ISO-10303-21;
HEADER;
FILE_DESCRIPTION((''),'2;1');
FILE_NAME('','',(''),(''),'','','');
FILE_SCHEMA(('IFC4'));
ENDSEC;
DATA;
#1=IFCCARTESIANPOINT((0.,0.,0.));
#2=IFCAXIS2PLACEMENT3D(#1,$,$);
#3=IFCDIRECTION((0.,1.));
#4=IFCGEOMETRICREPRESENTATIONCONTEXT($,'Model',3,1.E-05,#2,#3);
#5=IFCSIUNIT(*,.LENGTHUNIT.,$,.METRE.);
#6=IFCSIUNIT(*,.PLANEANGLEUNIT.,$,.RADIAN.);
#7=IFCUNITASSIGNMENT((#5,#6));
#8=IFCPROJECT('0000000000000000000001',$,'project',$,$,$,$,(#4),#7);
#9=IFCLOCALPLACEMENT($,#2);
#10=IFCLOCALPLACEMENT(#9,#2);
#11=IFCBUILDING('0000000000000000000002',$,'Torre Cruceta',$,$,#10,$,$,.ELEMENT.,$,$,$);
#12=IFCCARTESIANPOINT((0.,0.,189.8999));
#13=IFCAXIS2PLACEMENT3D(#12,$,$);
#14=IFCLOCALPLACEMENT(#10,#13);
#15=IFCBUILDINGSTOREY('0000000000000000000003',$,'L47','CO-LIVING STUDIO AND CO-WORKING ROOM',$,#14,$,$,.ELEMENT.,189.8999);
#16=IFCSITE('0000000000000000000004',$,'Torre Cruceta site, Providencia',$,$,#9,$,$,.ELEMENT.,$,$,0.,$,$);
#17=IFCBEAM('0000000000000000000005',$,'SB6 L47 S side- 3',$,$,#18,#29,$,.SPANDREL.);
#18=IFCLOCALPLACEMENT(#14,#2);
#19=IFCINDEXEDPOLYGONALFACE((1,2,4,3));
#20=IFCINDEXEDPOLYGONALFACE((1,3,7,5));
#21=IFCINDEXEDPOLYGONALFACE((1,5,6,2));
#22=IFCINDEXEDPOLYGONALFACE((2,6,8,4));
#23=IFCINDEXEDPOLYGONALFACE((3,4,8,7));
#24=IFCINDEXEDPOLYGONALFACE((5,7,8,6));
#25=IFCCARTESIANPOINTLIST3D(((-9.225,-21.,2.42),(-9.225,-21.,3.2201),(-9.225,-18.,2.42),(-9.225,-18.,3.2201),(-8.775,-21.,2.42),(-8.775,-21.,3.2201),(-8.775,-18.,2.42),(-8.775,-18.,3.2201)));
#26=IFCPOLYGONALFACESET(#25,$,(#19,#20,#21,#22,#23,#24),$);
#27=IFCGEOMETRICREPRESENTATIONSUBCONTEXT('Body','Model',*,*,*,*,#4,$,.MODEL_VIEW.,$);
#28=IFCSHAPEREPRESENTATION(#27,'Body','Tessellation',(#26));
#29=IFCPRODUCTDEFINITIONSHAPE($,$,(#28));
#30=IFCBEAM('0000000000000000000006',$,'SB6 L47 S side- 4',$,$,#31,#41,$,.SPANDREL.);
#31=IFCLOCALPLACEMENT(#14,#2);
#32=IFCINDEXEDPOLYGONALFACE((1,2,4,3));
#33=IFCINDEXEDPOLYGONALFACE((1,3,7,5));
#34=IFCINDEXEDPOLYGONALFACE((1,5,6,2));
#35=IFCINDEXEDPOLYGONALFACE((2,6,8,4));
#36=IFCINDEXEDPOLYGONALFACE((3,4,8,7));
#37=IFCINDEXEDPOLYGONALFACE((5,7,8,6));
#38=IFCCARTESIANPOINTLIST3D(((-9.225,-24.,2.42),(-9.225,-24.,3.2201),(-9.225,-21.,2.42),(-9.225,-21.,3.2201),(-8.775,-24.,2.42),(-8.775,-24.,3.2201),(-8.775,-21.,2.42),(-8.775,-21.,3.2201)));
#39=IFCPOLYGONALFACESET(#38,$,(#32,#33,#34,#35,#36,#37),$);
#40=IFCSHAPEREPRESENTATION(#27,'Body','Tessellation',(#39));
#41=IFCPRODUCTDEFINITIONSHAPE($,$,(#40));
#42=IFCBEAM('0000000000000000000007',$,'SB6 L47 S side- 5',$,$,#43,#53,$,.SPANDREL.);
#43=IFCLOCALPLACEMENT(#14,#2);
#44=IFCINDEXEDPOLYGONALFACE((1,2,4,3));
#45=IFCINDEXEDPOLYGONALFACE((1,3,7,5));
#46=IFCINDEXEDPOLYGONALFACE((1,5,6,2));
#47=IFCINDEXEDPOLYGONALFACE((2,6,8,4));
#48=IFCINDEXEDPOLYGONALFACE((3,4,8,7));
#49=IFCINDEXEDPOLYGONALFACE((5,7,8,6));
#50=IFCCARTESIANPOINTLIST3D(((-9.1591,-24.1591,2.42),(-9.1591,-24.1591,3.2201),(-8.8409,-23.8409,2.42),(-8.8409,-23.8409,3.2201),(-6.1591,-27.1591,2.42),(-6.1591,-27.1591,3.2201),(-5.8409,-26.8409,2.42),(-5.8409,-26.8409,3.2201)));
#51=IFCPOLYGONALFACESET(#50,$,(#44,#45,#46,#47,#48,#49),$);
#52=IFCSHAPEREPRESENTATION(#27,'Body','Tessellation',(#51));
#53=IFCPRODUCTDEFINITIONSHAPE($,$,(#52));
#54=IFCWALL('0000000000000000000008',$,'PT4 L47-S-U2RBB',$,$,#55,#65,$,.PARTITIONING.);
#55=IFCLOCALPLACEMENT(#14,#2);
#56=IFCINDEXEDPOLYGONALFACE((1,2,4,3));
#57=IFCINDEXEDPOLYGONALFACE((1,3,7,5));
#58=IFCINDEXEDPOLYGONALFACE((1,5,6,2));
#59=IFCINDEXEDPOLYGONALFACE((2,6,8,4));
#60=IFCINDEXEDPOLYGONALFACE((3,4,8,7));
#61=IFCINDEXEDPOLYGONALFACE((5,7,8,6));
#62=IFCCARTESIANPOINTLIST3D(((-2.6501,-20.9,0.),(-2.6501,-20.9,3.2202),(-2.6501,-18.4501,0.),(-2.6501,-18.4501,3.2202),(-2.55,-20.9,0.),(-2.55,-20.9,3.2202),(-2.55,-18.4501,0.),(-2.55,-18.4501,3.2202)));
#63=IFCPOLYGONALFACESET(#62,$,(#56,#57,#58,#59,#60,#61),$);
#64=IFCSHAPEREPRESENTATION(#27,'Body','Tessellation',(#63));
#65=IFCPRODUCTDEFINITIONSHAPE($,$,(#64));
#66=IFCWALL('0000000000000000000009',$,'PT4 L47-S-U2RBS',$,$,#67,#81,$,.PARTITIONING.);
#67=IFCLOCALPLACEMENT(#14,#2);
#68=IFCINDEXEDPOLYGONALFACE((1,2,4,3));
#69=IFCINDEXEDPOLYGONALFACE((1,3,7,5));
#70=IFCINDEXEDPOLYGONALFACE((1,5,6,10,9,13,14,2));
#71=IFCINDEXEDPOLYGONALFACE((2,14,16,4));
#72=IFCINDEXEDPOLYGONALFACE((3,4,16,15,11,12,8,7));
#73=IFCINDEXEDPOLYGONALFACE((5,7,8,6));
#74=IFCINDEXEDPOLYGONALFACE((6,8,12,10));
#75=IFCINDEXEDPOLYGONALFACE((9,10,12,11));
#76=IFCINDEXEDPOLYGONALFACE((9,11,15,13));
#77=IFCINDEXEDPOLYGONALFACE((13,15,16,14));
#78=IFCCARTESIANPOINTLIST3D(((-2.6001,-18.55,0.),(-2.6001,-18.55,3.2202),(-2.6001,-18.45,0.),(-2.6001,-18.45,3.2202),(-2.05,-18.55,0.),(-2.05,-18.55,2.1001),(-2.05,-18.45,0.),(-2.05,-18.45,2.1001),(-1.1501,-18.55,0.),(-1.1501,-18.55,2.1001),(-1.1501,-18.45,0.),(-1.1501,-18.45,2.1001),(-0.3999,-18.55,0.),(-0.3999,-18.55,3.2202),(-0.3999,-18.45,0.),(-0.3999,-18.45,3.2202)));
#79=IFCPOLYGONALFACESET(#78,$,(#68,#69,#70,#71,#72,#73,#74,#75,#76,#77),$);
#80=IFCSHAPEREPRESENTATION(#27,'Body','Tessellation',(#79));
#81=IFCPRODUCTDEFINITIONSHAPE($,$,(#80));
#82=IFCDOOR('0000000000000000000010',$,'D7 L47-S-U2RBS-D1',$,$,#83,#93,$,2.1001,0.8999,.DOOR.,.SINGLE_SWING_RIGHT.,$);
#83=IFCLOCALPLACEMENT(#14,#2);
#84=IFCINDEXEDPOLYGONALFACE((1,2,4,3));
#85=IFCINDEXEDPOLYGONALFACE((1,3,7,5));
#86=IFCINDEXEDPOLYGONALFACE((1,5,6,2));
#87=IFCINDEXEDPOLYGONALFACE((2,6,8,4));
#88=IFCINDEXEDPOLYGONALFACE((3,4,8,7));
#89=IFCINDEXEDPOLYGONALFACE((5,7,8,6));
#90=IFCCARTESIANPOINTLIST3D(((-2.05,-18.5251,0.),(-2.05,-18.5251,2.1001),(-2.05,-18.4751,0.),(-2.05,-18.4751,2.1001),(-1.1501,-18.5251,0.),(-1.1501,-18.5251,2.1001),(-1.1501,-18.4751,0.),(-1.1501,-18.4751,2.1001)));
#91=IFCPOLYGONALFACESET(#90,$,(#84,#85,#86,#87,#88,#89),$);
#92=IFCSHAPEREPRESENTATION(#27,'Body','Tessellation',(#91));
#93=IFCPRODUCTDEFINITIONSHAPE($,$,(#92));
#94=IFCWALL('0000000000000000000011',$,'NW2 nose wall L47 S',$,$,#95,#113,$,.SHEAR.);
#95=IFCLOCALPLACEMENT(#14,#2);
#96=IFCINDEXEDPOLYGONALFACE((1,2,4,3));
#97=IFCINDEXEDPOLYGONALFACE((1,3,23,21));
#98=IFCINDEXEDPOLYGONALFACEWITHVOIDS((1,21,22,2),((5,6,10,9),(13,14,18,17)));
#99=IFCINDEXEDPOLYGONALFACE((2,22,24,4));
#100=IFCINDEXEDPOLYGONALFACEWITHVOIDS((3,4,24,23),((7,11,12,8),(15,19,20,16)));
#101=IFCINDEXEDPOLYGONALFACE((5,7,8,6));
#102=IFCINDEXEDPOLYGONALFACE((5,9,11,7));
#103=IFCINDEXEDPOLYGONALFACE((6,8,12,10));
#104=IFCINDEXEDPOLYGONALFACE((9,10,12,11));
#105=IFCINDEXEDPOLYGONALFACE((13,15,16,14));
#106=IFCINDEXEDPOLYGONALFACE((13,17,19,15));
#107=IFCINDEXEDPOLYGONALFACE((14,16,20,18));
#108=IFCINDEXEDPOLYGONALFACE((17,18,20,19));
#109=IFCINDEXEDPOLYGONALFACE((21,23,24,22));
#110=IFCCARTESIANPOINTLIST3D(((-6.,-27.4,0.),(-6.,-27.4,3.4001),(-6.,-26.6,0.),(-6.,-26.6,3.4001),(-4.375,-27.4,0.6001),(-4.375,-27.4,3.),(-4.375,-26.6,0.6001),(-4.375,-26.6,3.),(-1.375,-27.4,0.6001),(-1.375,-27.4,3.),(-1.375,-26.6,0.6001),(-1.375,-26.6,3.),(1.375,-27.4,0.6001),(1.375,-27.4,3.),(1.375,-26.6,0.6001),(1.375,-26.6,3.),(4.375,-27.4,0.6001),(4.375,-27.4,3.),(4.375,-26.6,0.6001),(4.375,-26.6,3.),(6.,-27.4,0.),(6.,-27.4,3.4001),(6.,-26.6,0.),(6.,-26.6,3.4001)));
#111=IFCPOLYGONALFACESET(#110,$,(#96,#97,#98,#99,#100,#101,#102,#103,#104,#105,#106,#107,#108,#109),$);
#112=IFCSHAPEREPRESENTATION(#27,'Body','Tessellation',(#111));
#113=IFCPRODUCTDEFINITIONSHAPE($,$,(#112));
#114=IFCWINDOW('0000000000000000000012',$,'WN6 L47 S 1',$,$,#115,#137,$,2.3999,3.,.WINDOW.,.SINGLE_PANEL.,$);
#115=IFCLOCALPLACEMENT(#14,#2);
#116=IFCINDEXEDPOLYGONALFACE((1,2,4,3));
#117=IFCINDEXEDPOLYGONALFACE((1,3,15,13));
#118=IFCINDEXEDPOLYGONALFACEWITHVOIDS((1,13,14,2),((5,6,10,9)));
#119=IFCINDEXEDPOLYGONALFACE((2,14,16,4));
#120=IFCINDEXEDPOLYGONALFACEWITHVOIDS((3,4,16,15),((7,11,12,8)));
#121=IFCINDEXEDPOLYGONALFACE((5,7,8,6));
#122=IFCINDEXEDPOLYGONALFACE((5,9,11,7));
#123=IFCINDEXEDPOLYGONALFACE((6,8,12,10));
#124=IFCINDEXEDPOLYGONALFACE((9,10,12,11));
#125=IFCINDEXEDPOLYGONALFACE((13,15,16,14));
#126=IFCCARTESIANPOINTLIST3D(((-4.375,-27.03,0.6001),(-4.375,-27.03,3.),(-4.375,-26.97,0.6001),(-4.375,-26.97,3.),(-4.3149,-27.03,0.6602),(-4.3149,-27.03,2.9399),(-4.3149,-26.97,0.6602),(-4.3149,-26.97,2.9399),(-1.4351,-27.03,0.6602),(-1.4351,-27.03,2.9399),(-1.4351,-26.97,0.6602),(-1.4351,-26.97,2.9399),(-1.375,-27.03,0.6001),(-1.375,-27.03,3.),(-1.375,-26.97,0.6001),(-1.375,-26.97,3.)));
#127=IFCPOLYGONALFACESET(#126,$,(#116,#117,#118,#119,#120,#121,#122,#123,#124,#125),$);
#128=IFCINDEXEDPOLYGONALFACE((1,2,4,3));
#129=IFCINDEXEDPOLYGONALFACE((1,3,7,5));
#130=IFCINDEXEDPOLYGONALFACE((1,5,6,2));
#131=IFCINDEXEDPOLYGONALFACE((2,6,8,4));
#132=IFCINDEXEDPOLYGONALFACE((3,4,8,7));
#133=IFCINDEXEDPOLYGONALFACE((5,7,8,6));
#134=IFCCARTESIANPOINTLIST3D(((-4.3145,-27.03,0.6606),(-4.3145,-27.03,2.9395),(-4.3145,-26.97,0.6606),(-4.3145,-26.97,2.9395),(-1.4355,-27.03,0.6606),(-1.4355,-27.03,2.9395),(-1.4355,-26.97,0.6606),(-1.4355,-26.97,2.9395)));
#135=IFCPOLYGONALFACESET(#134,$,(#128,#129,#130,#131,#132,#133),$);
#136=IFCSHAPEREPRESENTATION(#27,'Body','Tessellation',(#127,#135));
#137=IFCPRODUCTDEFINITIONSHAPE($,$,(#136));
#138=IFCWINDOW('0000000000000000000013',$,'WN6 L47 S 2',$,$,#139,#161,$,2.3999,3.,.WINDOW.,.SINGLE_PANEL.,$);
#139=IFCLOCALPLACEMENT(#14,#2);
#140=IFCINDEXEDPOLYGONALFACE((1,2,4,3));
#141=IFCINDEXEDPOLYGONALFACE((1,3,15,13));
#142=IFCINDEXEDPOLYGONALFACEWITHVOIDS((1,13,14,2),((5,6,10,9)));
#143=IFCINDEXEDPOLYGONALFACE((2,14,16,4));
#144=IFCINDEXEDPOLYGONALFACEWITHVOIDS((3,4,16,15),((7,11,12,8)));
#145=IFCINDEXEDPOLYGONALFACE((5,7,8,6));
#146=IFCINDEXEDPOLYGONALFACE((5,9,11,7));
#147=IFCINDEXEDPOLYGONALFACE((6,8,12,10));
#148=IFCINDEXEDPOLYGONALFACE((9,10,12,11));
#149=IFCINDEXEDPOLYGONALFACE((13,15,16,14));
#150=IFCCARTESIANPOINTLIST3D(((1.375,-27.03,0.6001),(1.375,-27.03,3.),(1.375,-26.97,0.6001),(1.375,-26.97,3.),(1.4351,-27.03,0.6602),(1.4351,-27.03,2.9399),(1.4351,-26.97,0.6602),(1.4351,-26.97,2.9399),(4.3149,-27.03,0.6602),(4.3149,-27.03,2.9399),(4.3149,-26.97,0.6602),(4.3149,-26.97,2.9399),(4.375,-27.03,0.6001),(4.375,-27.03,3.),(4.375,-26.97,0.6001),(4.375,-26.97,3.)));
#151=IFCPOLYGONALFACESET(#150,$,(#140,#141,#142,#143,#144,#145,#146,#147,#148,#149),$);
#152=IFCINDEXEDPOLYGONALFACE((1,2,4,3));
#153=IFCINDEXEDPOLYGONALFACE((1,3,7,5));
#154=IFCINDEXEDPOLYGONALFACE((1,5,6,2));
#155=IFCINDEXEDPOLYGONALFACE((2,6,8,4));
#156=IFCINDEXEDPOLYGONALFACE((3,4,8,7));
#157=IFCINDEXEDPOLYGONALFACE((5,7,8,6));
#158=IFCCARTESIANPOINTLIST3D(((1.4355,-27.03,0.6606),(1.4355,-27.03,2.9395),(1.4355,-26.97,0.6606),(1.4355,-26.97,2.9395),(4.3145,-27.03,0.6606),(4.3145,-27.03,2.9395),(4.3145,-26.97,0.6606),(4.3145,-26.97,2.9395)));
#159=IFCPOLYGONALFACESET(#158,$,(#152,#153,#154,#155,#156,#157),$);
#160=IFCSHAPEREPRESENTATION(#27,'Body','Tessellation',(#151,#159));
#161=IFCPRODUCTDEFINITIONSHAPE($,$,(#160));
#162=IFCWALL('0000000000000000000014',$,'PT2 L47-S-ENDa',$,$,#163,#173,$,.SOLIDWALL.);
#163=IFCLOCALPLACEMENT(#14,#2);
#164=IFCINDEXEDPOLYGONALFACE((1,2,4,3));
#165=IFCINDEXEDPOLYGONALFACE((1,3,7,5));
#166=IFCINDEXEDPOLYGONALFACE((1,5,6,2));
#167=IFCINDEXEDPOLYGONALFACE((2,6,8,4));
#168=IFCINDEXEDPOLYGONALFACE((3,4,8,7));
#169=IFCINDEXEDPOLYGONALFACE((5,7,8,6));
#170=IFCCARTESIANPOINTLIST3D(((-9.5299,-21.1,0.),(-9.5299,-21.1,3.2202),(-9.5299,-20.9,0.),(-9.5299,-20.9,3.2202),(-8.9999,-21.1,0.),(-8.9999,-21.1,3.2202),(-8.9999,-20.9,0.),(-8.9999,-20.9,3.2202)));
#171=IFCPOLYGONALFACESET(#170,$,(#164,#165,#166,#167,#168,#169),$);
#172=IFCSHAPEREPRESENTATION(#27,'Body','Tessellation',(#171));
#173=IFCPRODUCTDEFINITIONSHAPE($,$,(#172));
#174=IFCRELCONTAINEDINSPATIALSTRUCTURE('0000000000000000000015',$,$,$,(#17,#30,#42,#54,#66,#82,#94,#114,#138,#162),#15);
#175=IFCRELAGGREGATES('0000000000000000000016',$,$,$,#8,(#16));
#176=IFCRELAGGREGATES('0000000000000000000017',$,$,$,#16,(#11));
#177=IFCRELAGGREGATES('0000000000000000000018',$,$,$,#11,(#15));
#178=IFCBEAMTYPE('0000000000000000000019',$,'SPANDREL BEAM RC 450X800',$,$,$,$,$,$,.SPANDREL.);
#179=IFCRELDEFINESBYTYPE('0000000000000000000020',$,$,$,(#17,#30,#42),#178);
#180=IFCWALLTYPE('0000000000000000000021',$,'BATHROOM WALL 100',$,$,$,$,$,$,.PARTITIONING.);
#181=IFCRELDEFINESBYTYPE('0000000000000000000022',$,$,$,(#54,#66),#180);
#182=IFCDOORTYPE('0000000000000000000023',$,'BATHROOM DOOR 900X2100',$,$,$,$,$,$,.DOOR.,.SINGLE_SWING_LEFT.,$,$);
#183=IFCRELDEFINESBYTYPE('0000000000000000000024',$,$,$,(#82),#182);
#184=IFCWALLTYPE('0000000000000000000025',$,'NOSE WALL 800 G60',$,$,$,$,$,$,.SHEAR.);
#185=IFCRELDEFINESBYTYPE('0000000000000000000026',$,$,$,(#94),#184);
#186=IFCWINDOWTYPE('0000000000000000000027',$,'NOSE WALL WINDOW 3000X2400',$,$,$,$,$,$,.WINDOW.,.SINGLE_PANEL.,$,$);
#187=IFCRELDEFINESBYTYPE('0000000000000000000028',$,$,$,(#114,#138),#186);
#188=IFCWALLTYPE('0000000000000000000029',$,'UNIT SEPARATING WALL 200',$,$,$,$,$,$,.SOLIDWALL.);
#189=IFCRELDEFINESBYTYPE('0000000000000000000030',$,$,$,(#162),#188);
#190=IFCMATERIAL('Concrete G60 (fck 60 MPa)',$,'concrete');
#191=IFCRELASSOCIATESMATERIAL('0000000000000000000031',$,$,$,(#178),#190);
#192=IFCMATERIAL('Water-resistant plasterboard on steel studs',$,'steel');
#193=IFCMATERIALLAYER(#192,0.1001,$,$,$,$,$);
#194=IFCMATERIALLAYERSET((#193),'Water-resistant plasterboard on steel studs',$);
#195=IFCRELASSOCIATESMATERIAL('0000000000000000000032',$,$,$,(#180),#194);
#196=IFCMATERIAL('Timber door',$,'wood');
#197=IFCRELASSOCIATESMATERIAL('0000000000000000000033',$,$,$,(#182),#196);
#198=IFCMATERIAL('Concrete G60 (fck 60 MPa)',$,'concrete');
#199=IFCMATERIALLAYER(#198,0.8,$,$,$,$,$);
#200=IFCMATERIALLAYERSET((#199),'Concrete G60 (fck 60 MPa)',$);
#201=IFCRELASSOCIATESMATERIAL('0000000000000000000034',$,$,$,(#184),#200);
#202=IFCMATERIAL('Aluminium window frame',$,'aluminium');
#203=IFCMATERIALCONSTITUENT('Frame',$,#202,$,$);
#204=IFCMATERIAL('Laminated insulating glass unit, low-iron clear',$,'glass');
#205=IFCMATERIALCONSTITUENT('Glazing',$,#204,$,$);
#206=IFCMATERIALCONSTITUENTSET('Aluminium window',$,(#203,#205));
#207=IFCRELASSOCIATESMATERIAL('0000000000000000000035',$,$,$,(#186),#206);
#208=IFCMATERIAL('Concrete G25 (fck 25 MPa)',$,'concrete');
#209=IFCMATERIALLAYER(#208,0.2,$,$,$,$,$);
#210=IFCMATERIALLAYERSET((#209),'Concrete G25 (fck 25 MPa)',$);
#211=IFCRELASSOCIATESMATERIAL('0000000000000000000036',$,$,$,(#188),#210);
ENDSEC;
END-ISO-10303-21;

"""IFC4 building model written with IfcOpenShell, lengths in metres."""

from ifc_helpers import new_model, si_unit, direction, frame, frame_2d, origin, origin_2d, place, context, subcontext, project, spatial, rectangle, hollow_rectangle, extrude, material, layer, layer_set, constituent, constituent_set, material_profile, profile_set, type_object, element, fill, save


model = new_model("IFC4")

# Units and contexts
model_context = context("Model", 3, precision=1e-05, world=origin(), true_north=direction((0.0, 1.0)))
body_context = subcontext(model_context, "Body", "Model", "MODEL_VIEW")
ifc_project = project(units=[si_unit("LENGTHUNIT", "METRE"), si_unit("PLANEANGLEUNIT", "RADIAN")], contexts=[model_context])

# Site, building, storey
site_placement = place(None, origin())
site = spatial("IfcSite", under=ifc_project, at=site_placement, Name="Torre Cruceta site, Providencia", CompositionType="ELEMENT", RefElevation=0.0)
building_placement = place(site_placement, origin())
building = spatial("IfcBuilding", under=site, at=building_placement, Name="Torre Cruceta", CompositionType="ELEMENT")
storey_placement = place(building_placement, frame((0.0, 0.0, 189.8999)))
storey = spatial("IfcBuildingStorey", under=building, at=storey_placement, Name="L47", Description="CO-LIVING STUDIO AND CO-WORKING ROOM", CompositionType="ELEMENT", Elevation=189.8999)

# Beams
ifc_material_1 = material(Name="Concrete G60 (fck 60 MPa)", Category="concrete")
ifc_material_profile_1 = material_profile(ifc_material_1, rectangle(XDim=0.45, YDim=0.8, at=origin_2d()), Name="RC 450X800")
ifc_profile_set_1 = profile_set([ifc_material_profile_1], Name="Concrete G60 (fck 60 MPa)")
beam_type_1 = type_object("IfcBeamType", Name="SPANDREL BEAM RC 450X800", PredefinedType="SPANDREL", material=ifc_profile_set_1)
for number, where, z_axis, x_axis, name in (
    (1, (-9.0, -18.0, 2.8201), (0.0, -1.0, 0.0), (1.0, 0.0, 0.0), "SB6 L47 S side- 3"),
    (2, (-9.0, -21.0, 2.8201), (0.0, -1.0, 0.0), (1.0, 0.0, 0.0), "SB6 L47 S side- 4"),
):
    element("IfcBeam", number, at=place(storey_placement, frame(where, z_axis=z_axis, x_axis=x_axis)), inside=storey, type_object=beam_type_1, Name=name, PredefinedType="SPANDREL", context=body_context, shape_type="SweptSolid", body=[
        extrude(rectangle(XDim=0.45, YDim=0.8, at=origin_2d()), origin(), (0.0, 0.0, 1.0), 3.0),
    ])
beam_1_placement = place(storey_placement, frame((-9.0, -24.0, 2.8201), z_axis=(0.707107, -0.707107, 0.0), x_axis=(0.707107, 0.707107, 0.0)))
element("IfcBeam", 3, at=beam_1_placement, inside=storey, type_object=beam_type_1, Name="SB6 L47 S side- 5", PredefinedType="SPANDREL", context=body_context, shape_type="SweptSolid", body=[
    extrude(rectangle(XDim=0.45, YDim=0.8, at=origin_2d()), origin(), (0.0, 0.0, 1.0), 4.2427),
])

# Wall
ifc_material_2 = material(Name="Water-resistant plasterboard on steel studs", Category="steel")
ifc_layer_1 = layer(ifc_material_2, 0.1001)
ifc_layer_set_1 = layer_set([ifc_layer_1], Name="Water-resistant plasterboard on steel studs")
wall_type_1 = type_object("IfcWallType", Name="BATHROOM WALL 100", PredefinedType="PARTITIONING", material=ifc_layer_set_1)
wall_1_placement = place(storey_placement, frame((-2.6001, -18.45, 0.0), z_axis=(0.0, 0.0, 1.0), x_axis=(0.0, -1.0, 0.0)))
element("IfcWall", 4, at=wall_1_placement, inside=storey, type_object=wall_type_1, Name="PT4 L47-S-U2RBB", PredefinedType="PARTITIONING", context=body_context, shape_type="SweptSolid", body=[
    extrude(rectangle(XDim=2.45, YDim=0.1001, at=frame_2d((1.2251, 0.0))), origin(), (0.0, 0.0, 1.0), 3.2202),
])

# Wall, opening, door
wall_2_placement = place(storey_placement, frame((-2.6001, -18.5, 0.0), z_axis=(0.0, 0.0, 1.0), x_axis=(1.0, 0.0, 0.0)))
wall_2 = element("IfcWall", 5, at=wall_2_placement, inside=storey, type_object=wall_type_1, Name="PT4 L47-S-U2RBS", PredefinedType="PARTITIONING", context=body_context, shape_type="SweptSolid", body=[
    extrude(rectangle(XDim=2.2002, YDim=0.1001, at=frame_2d((1.1001, 0.0))), origin(), (0.0, 0.0, 1.0), 3.2202),
])
opening_1_placement = place(wall_2_placement, frame((0.55, 0.0, 0.0)))
opening_1 = element("IfcOpeningElement", 6, at=opening_1_placement, cuts=wall_2, PredefinedType="OPENING", context=body_context, shape_type="SweptSolid", body=[
    extrude(rectangle(XDim=0.8999, YDim=2.1001, at=frame_2d((0.45, 1.05))), frame((0.0, 0.0601, 0.0), z_axis=(0.0, -1.0, 0.0), x_axis=(1.0, 0.0, 0.0)), (0.0, 0.0, 1.0), 0.1201),
])
ifc_material_3 = material(Name="Timber door", Category="wood")
door_type = type_object("IfcDoorType", Name="BATHROOM DOOR 900X2100", OperationType="SINGLE_SWING_LEFT", PredefinedType="DOOR", material=ifc_material_3)
door_placement = place(opening_1_placement, frame((0.8999, 0.0, 0.0), z_axis=(0.0, 0.0, 1.0), x_axis=(-1.0, 0.0, 0.0)))
door = element("IfcDoor", 7, at=door_placement, inside=storey, type_object=door_type, Name="D7 L47-S-U2RBS-D1", OperationType="SINGLE_SWING_RIGHT", OverallHeight=2.1001, OverallWidth=0.8999, PredefinedType="DOOR", context=body_context, shape_type="SweptSolid", body=[
    extrude(rectangle(XDim=0.8999, YDim=2.1001, at=frame_2d((0.45, 1.05))), frame((0.0, 0.0251, 0.0), z_axis=(0.0, -1.0, 0.0), x_axis=(1.0, 0.0, 0.0)), (0.0, 0.0, 1.0), 0.05),
])
fill(opening_1, door)

# Wall, openings, windows
ifc_material_4 = material(Name="Concrete G60 (fck 60 MPa)", Category="concrete")
ifc_layer_2 = layer(ifc_material_4, 0.8)
ifc_layer_set_2 = layer_set([ifc_layer_2], Name="Concrete G60 (fck 60 MPa)")
wall_type_2 = type_object("IfcWallType", Name="NOSE WALL 800 G60", PredefinedType="SHEAR", material=ifc_layer_set_2)
wall_3_placement = place(storey_placement, frame((-6.0, -27.0, 0.0), z_axis=(0.0, 0.0, 1.0), x_axis=(1.0, 0.0, 0.0)))
wall_3 = element("IfcWall", 8, at=wall_3_placement, inside=storey, type_object=wall_type_2, Name="NW2 nose wall L47 S", PredefinedType="SHEAR", context=body_context, shape_type="SweptSolid", body=[
    extrude(rectangle(XDim=12.0, YDim=0.8, at=frame_2d((6.0, 0.0))), origin(), (0.0, 0.0, 1.0), 3.4001),
])
opening_2_placement = place(wall_3_placement, frame((1.625, 0.0, 0.6001)))
opening_2 = element("IfcOpeningElement", 9, at=opening_2_placement, cuts=wall_3, PredefinedType="OPENING", context=body_context, shape_type="SweptSolid", body=[
    extrude(rectangle(XDim=3.0, YDim=2.3999, at=frame_2d((1.5, 1.2))), frame((0.0, 0.4099, 0.0), z_axis=(0.0, -1.0, 0.0), x_axis=(1.0, 0.0, 0.0)), (0.0, 0.0, 1.0), 0.8201),
])
opening_3_placement = place(wall_3_placement, frame((7.375, 0.0, 0.6001)))
opening_3 = element("IfcOpeningElement", 10, at=opening_3_placement, cuts=wall_3, PredefinedType="OPENING", context=body_context, shape_type="SweptSolid", body=[
    extrude(rectangle(XDim=3.0, YDim=2.3999, at=frame_2d((1.5, 1.2))), frame((0.0, 0.4099, 0.0), z_axis=(0.0, -1.0, 0.0), x_axis=(1.0, 0.0, 0.0)), (0.0, 0.0, 1.0), 0.8201),
])
ifc_material_5 = material(Name="Aluminium window frame", Category="aluminium")
ifc_constituent_1 = constituent(ifc_material_5, Name="Frame")
ifc_material_6 = material(Name="Laminated insulating glass unit, low-iron clear", Category="glass")
ifc_constituent_2 = constituent(ifc_material_6, Name="Glazing")
ifc_constituent_set = constituent_set(constituents=[ifc_constituent_1, ifc_constituent_2], Name="Aluminium window")
window_type = type_object("IfcWindowType", Name="NOSE WALL WINDOW 3000X2400", PartitioningType="SINGLE_PANEL", PredefinedType="WINDOW", material=ifc_constituent_set)
window_1_placement = place(opening_2_placement, origin())
window_1 = element("IfcWindow", 11, at=window_1_placement, inside=storey, type_object=window_type, Name="WN6 L47 S 1", OverallHeight=2.3999, OverallWidth=3.0, PartitioningType="SINGLE_PANEL", PredefinedType="WINDOW", context=body_context, shape_type="SweptSolid", body=[
    extrude(hollow_rectangle(XDim=3.0, YDim=2.3999, WallThickness=0.0601, at=frame_2d((1.5, 1.2))), frame((0.0, 0.03, 0.0), z_axis=(0.0, -1.0, 0.0), x_axis=(1.0, 0.0, 0.0)), (0.0, 0.0, 1.0), 0.0601),
    extrude(rectangle(XDim=2.8789, YDim=2.2788, at=frame_2d((1.5, 1.2))), frame((0.0, 0.03, 0.0), z_axis=(0.0, -1.0, 0.0), x_axis=(1.0, 0.0, 0.0)), (0.0, 0.0, 1.0), 0.0601),
])
fill(opening_2, window_1)
window_2_placement = place(opening_3_placement, origin())
window_2 = element("IfcWindow", 12, at=window_2_placement, inside=storey, type_object=window_type, Name="WN6 L47 S 2", OverallHeight=2.3999, OverallWidth=3.0, PartitioningType="SINGLE_PANEL", PredefinedType="WINDOW", context=body_context, shape_type="SweptSolid", body=[
    extrude(hollow_rectangle(XDim=3.0, YDim=2.3999, WallThickness=0.0601, at=frame_2d((1.5, 1.2))), frame((0.0, 0.03, 0.0), z_axis=(0.0, -1.0, 0.0), x_axis=(1.0, 0.0, 0.0)), (0.0, 0.0, 1.0), 0.0601),
    extrude(rectangle(XDim=2.8789, YDim=2.2788, at=frame_2d((1.5, 1.2))), frame((0.0, 0.03, 0.0), z_axis=(0.0, -1.0, 0.0), x_axis=(1.0, 0.0, 0.0)), (0.0, 0.0, 1.0), 0.0601),
])
fill(opening_3, window_2)

# Wall
ifc_material_7 = material(Name="Concrete G25 (fck 25 MPa)", Category="concrete")
ifc_layer_3 = layer(ifc_material_7, 0.2)
ifc_layer_set_3 = layer_set([ifc_layer_3], Name="Concrete G25 (fck 25 MPa)")
wall_type_3 = type_object("IfcWallType", Name="UNIT SEPARATING WALL 200", PredefinedType="SOLIDWALL", material=ifc_layer_set_3)
wall_4_placement = place(storey_placement, frame((-9.53, -21.0, 0.0), z_axis=(0.0, 0.0, 1.0), x_axis=(1.0, 0.0, 0.0)))
element("IfcWall", 13, at=wall_4_placement, inside=storey, type_object=wall_type_3, Name="PT2 L47-S-ENDa", PredefinedType="SOLIDWALL", context=body_context, shape_type="SweptSolid", body=[
    extrude(rectangle(XDim=0.53, YDim=0.2, at=frame_2d((0.2651, 0.0))), origin(), (0.0, 0.0, 1.0), 3.2202),
])

save(model, "model.ifc")
